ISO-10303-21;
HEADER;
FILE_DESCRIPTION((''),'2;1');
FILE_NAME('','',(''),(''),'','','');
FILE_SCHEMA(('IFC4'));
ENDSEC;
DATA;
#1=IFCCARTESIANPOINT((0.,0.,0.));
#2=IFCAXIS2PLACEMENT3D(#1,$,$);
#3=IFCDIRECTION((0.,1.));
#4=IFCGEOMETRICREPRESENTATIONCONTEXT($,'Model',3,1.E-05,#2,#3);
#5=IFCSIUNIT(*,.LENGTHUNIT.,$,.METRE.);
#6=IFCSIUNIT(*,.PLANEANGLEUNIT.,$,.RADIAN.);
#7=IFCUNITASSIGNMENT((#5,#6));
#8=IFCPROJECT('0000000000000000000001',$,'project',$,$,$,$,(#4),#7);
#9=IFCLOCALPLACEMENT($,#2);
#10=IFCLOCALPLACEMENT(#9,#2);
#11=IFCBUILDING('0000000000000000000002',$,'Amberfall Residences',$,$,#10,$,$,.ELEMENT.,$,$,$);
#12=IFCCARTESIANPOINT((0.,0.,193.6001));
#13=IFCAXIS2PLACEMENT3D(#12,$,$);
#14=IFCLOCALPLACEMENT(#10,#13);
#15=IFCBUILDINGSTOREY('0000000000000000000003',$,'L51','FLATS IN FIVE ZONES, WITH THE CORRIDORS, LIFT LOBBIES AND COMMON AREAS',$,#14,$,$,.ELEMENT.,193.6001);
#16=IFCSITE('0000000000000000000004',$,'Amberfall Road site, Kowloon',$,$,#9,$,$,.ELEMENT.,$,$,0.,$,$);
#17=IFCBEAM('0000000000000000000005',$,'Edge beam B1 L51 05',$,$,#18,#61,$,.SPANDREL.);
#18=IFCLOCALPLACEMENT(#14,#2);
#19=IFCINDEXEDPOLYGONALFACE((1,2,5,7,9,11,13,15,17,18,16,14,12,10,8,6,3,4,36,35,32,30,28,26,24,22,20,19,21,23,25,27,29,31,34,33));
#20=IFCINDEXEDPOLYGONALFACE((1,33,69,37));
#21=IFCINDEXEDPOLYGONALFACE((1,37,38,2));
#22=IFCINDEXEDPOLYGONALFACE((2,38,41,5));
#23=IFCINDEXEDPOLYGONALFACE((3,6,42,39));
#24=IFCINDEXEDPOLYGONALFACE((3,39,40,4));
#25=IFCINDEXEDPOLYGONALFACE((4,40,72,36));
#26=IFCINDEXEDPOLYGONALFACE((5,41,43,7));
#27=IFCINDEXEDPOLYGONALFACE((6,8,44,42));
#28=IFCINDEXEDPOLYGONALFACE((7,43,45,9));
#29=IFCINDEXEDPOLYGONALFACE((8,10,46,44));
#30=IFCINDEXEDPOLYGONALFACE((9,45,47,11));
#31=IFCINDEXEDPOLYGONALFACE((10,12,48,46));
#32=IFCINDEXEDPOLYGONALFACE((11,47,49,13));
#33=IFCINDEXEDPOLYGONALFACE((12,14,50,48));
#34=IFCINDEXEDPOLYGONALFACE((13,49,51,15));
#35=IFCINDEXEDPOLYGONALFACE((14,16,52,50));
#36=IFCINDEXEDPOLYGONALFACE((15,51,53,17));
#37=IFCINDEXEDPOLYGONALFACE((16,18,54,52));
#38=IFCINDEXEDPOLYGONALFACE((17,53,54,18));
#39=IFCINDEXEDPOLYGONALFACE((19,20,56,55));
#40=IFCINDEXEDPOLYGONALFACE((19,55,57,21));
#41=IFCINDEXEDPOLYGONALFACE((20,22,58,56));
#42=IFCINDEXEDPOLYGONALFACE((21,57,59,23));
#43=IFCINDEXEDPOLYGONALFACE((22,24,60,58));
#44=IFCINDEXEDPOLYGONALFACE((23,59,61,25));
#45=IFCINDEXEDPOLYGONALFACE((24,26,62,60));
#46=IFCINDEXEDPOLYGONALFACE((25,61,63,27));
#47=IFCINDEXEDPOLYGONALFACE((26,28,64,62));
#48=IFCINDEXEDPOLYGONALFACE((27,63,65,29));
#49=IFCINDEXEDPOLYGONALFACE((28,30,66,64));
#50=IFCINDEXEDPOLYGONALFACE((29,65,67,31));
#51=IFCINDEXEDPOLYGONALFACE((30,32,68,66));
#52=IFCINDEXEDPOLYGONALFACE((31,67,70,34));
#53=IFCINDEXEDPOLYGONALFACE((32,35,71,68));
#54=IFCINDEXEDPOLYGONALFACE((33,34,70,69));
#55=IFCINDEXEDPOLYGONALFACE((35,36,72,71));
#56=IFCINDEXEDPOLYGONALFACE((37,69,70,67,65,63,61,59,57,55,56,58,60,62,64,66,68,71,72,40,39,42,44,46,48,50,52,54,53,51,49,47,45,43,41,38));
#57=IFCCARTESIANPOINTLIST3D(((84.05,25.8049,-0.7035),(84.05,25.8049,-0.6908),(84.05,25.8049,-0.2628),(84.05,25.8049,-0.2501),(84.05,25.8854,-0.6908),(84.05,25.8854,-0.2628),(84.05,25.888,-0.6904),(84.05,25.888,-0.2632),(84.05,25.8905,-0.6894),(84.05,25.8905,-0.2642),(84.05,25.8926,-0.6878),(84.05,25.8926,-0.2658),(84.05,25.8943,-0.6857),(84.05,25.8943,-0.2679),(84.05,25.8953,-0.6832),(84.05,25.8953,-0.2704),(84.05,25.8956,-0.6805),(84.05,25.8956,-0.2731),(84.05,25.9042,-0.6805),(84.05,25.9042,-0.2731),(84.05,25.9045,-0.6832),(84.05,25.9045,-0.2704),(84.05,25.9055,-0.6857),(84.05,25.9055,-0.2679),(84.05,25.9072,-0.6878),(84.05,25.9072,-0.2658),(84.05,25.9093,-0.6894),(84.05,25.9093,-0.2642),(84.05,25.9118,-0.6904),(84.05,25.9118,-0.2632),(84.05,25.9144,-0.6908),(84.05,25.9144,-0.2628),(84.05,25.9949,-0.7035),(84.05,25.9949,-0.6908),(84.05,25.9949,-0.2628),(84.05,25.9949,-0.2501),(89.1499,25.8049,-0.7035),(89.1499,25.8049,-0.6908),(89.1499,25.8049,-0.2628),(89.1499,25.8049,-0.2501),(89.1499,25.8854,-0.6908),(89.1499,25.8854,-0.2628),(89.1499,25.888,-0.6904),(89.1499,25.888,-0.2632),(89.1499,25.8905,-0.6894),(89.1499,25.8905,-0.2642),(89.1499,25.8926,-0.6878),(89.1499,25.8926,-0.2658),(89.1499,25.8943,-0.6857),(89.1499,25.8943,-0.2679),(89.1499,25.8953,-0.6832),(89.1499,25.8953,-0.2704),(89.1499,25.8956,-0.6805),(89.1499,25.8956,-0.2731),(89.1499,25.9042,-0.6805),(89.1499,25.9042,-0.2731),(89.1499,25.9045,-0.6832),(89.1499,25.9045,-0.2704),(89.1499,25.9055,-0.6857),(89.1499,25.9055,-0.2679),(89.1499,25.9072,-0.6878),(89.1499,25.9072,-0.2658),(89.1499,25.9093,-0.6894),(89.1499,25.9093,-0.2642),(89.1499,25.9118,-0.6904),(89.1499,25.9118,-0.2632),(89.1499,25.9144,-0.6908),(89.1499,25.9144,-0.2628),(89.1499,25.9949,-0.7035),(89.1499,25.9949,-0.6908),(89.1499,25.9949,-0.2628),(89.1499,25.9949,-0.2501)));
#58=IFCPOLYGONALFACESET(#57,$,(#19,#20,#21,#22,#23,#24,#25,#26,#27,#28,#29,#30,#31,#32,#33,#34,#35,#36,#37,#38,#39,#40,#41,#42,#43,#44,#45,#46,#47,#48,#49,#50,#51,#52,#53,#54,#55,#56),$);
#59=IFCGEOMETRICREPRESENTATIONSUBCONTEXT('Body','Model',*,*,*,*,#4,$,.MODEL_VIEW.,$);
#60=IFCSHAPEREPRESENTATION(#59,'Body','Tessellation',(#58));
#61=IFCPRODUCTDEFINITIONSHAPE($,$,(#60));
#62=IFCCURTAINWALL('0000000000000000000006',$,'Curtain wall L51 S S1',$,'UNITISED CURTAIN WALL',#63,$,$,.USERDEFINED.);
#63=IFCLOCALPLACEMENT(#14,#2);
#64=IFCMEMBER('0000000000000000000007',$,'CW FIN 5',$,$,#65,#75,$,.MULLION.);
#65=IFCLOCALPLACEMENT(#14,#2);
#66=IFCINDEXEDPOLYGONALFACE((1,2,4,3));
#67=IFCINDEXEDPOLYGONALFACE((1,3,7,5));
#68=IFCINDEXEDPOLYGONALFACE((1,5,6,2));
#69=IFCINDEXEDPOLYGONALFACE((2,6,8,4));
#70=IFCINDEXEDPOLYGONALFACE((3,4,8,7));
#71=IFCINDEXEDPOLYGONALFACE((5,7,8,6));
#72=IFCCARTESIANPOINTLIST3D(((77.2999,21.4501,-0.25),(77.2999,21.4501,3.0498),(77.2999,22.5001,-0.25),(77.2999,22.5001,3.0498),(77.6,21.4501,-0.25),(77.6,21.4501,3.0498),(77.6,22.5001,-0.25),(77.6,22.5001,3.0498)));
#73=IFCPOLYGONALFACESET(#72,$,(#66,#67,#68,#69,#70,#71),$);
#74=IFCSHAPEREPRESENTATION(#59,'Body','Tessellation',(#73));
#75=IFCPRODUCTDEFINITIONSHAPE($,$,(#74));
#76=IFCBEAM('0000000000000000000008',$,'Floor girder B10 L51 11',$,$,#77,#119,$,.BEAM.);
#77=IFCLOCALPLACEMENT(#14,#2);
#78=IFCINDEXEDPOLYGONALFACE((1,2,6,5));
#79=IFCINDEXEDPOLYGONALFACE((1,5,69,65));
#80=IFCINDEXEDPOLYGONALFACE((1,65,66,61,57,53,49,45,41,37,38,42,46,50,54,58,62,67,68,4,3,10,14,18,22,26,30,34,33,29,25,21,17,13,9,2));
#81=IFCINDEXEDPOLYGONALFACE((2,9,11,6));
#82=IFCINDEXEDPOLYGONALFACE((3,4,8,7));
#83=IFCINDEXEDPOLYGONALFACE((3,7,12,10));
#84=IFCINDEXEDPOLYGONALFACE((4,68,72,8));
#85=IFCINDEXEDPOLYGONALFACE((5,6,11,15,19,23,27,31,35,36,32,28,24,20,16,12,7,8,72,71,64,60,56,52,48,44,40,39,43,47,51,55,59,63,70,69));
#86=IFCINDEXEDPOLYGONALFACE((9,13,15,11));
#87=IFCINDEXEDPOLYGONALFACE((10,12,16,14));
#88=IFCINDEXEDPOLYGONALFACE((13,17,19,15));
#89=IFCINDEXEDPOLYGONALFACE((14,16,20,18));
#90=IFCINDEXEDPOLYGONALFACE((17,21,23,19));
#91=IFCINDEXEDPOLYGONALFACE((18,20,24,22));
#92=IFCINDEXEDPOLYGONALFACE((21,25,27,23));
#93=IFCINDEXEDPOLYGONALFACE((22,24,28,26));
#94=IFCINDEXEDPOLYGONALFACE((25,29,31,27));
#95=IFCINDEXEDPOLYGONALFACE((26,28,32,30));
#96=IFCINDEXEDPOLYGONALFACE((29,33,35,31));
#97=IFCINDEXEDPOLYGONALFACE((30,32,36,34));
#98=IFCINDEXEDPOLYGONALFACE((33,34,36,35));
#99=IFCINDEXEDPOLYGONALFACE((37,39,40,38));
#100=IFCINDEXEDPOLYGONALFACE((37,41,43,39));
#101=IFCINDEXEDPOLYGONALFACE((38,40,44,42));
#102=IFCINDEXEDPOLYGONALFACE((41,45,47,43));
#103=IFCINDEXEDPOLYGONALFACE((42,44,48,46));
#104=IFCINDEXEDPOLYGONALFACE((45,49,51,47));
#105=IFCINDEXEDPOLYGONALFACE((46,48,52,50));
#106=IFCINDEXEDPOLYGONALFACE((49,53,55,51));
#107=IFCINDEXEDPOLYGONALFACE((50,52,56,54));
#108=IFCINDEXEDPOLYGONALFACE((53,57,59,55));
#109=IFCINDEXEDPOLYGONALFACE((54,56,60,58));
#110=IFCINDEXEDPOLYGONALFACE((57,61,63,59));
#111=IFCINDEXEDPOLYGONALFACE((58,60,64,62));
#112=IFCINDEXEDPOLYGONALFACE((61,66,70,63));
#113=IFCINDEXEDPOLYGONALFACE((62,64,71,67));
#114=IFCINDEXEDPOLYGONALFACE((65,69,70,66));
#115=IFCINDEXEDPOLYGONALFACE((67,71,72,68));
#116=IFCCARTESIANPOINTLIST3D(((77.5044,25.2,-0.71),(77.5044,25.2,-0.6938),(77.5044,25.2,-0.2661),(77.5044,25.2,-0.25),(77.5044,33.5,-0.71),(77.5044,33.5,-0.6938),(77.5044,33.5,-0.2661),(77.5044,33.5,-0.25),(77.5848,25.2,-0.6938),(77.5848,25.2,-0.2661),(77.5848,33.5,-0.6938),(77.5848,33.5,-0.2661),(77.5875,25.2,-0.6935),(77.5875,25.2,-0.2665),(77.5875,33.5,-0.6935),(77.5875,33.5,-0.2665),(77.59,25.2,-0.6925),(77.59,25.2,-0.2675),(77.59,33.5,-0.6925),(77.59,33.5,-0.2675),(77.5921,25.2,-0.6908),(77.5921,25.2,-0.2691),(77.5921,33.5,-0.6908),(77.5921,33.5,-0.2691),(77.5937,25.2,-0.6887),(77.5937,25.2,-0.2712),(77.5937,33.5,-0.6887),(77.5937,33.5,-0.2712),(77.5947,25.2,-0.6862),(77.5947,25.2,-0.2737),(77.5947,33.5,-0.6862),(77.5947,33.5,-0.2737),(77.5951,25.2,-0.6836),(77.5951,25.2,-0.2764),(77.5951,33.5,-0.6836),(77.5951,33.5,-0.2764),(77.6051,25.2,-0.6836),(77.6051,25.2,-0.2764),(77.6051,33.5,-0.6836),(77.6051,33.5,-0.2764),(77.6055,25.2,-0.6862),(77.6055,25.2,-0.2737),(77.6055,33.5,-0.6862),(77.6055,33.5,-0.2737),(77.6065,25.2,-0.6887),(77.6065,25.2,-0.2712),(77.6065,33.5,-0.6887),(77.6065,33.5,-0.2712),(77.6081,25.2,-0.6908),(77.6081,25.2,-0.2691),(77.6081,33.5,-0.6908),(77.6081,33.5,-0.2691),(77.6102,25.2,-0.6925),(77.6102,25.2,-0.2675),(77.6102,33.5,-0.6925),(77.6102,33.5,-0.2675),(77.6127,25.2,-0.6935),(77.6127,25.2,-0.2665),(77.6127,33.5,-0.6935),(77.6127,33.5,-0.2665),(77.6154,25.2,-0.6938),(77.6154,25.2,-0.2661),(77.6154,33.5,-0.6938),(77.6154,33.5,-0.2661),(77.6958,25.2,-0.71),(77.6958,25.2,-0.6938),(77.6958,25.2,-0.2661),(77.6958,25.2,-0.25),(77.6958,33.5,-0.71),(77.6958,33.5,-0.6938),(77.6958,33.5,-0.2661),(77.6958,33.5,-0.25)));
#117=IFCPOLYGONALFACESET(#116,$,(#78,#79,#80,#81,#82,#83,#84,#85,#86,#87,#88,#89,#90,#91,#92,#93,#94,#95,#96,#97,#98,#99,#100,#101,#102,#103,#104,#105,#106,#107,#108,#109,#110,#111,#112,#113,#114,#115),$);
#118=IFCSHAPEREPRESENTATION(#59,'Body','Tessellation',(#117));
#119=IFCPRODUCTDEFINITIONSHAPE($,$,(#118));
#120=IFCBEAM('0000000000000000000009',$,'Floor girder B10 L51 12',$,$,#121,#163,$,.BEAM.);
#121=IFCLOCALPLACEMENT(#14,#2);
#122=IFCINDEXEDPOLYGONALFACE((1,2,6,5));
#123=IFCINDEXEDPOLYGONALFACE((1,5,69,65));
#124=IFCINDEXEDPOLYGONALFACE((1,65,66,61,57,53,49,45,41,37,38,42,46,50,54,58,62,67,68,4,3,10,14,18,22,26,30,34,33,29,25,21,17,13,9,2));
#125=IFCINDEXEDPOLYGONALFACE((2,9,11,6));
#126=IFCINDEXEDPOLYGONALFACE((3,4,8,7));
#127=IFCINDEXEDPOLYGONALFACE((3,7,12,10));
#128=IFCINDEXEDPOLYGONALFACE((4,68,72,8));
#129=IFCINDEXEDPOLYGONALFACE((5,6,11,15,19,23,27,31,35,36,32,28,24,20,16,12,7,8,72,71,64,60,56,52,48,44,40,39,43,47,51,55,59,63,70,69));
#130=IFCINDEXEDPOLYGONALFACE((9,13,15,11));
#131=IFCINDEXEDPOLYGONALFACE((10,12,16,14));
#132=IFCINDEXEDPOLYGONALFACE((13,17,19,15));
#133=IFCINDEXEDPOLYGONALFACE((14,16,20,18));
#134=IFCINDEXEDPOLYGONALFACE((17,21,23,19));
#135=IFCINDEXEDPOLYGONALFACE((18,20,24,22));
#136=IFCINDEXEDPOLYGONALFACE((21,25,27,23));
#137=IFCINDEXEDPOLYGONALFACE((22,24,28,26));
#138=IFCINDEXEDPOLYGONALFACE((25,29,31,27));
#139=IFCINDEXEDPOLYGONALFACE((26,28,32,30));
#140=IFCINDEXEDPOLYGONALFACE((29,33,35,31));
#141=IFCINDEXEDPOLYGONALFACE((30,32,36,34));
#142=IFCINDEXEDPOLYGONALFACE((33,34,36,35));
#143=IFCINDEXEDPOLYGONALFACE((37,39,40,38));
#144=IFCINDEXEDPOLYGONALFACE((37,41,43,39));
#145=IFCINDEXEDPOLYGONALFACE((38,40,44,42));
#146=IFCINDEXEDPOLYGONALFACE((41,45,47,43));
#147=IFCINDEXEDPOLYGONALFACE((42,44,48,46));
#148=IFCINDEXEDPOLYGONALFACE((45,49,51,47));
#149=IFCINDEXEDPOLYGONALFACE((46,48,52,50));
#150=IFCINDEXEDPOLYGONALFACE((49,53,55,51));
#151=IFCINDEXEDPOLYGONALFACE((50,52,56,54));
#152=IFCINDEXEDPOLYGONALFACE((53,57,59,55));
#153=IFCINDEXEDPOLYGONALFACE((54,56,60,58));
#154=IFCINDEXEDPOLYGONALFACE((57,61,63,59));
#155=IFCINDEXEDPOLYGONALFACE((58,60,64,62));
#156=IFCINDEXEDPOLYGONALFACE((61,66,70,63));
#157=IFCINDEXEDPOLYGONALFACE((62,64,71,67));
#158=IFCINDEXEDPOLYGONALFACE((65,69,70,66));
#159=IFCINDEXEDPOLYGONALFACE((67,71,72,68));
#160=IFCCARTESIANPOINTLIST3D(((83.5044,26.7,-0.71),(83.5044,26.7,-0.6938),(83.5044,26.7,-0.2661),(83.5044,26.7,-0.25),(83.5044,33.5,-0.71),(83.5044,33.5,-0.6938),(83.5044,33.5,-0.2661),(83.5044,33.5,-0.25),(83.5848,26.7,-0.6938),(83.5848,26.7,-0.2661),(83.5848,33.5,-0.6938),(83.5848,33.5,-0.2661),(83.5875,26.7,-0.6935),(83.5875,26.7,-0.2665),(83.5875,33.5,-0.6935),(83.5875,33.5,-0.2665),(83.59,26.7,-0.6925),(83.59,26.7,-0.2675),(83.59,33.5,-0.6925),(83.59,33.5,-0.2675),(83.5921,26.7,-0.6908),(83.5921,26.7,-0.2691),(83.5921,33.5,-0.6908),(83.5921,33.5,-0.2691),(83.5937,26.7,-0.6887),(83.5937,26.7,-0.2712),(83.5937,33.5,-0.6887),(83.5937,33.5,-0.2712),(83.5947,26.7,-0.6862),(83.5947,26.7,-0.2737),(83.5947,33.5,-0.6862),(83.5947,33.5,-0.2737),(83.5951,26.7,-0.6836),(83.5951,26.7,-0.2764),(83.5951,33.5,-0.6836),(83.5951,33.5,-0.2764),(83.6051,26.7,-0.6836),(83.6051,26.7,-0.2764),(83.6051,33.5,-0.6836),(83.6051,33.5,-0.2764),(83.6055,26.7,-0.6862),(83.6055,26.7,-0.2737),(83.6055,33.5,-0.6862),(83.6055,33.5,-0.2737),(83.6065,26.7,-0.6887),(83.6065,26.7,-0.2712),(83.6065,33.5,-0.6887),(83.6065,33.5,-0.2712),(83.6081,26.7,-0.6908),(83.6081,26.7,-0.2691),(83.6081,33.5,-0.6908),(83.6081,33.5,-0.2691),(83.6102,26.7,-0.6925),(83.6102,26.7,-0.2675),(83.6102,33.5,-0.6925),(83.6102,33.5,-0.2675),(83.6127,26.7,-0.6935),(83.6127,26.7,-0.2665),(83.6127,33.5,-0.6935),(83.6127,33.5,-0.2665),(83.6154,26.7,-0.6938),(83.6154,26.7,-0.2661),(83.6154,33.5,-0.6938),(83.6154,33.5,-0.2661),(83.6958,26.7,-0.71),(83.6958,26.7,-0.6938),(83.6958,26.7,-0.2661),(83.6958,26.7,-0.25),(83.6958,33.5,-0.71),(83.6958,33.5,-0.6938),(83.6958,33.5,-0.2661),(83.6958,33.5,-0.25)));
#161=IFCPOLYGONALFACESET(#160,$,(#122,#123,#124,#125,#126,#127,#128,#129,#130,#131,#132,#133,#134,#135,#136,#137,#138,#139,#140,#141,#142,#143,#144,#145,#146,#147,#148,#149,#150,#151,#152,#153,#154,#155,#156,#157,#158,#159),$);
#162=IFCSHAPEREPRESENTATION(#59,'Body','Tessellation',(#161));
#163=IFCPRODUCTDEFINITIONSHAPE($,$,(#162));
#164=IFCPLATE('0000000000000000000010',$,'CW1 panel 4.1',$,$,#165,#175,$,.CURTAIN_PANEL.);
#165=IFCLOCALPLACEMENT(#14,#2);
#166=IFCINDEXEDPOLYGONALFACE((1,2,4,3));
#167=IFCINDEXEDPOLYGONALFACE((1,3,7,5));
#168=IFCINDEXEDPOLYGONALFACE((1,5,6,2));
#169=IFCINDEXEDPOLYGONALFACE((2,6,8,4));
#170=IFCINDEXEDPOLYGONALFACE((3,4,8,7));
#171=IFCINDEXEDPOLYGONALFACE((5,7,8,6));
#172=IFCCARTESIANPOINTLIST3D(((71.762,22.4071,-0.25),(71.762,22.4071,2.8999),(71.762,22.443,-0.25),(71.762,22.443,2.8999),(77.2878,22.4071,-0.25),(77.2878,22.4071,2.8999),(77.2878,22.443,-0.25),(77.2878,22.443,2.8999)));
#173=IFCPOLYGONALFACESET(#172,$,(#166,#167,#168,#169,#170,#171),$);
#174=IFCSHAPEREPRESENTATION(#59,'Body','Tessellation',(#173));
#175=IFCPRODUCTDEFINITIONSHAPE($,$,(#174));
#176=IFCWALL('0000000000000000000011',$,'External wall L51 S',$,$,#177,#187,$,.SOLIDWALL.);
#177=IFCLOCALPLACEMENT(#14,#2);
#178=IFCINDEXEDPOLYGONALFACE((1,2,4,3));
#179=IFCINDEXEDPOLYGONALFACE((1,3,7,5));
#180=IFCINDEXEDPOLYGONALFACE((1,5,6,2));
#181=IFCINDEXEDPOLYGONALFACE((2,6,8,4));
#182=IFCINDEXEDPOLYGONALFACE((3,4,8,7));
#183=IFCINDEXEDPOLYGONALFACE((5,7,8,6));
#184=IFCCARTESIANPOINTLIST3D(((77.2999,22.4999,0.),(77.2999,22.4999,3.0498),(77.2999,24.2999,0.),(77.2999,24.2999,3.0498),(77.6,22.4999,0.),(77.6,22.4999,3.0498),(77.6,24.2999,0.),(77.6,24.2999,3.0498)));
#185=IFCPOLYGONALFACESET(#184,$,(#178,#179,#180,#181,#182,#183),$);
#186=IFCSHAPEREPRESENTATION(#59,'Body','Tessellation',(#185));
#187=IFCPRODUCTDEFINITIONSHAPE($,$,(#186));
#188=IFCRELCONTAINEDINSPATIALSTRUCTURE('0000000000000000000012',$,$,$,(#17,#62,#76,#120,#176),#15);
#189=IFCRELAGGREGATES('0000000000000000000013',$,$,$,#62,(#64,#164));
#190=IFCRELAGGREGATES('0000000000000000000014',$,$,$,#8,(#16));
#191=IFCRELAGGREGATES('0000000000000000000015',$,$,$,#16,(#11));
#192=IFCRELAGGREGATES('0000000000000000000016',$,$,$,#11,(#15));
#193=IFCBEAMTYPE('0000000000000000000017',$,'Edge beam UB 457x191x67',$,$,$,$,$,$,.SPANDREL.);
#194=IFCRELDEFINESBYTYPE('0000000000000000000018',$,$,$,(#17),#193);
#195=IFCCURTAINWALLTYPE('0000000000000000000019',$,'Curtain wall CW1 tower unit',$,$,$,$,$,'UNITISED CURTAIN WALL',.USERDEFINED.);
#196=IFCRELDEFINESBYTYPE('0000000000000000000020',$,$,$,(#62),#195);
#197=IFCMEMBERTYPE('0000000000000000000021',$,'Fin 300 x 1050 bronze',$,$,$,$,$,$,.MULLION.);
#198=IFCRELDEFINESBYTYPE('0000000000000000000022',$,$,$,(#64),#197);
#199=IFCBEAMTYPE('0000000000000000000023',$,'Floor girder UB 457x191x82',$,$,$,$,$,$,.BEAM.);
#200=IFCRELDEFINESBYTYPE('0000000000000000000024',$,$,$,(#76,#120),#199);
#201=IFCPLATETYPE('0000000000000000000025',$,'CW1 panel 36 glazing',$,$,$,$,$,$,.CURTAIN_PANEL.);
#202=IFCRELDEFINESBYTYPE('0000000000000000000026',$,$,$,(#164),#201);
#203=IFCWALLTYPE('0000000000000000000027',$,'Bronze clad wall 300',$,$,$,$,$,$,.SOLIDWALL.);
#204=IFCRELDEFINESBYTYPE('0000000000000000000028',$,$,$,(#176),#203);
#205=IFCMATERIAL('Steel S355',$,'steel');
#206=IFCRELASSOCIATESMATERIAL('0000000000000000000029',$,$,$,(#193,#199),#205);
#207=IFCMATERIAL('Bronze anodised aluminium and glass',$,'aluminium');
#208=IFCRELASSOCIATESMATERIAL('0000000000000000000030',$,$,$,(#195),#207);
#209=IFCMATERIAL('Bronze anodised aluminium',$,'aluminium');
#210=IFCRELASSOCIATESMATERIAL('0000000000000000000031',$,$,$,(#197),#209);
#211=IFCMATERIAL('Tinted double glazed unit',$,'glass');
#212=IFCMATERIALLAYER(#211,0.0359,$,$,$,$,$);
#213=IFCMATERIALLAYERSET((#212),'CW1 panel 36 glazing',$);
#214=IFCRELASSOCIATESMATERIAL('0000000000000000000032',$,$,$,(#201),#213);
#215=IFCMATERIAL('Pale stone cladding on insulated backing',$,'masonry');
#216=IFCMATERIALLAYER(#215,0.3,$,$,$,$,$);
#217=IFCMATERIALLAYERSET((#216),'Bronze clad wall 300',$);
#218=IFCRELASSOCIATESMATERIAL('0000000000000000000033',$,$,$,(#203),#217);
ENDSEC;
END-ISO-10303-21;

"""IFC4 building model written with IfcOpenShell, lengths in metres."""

from ifc_helpers import new_model, si_unit, direction, frame, frame_2d, origin, origin_2d, place, context, subcontext, project, spatial, rectangle, i_section, extrude, material, layer, layer_set, material_profile, profile_set, type_object, element, aggregate, save


model = new_model("IFC4")

# Units and contexts
model_context = context("Model", 3, precision=1e-05, world=origin(), true_north=direction((0.0, 1.0)))
body_context = subcontext(model_context, "Body", "Model", "MODEL_VIEW")
ifc_project = project(units=[si_unit("LENGTHUNIT", "METRE"), si_unit("PLANEANGLEUNIT", "RADIAN")], contexts=[model_context])

# Site, building, storey
site_placement = place(None, origin())
site = spatial("IfcSite", under=ifc_project, at=site_placement, Name="Amberfall Road site, Kowloon", CompositionType="ELEMENT", RefElevation=0.0)
building_placement = place(site_placement, origin())
building = spatial("IfcBuilding", under=site, at=building_placement, Name="Amberfall Residences", CompositionType="ELEMENT")
storey_placement = place(building_placement, frame((0.0, 0.0, 193.6001)))
storey = spatial("IfcBuildingStorey", under=building, at=storey_placement, Name="L51", Description="FLATS IN FIVE ZONES, WITH THE CORRIDORS, LIFT LOBBIES AND COMMON AREAS", CompositionType="ELEMENT", Elevation=193.6001)

# Beam
ifc_material_1 = material(Name="Steel S355", Category="steel")
ifc_material_profile_1 = material_profile(ifc_material_1, i_section(OverallWidth=0.1899, OverallDepth=0.4534, WebThickness=0.0085, FlangeThickness=0.0127, FilletRadius=0.0103, at=origin_2d()), Name="UB 457x191x67")
ifc_profile_set_1 = profile_set([ifc_material_profile_1], Name="Steel S355")
beam_type_1 = type_object("IfcBeamType", Name="Edge beam UB 457x191x67", PredefinedType="SPANDREL", material=ifc_profile_set_1)
beam_1_placement = place(storey_placement, frame((84.05, 25.8999, -0.4768), z_axis=(1.0, 0.0, 0.0), x_axis=(0.0, 1.0, 0.0)))
element("IfcBeam", 1, at=beam_1_placement, inside=storey, type_object=beam_type_1, Name="Edge beam B1 L51 05", PredefinedType="SPANDREL", context=body_context, shape_type="SweptSolid", body=[
    extrude(i_section(OverallWidth=0.1899, OverallDepth=0.4534, WebThickness=0.0085, FlangeThickness=0.0127, FilletRadius=0.0103, at=origin_2d()), origin(), (0.0, 0.0, 1.0), 5.0999),
])

# Curtain wall, member
ifc_material_2 = material(Name="Bronze anodised aluminium and glass", Category="aluminium")
curtain_wall_type = type_object("IfcCurtainWallType", Name="Curtain wall CW1 tower unit", ElementType="UNITISED CURTAIN WALL", PredefinedType="USERDEFINED", material=ifc_material_2)
curtain_wall_placement = place(storey_placement, origin())
curtain_wall = element("IfcCurtainWall", 2, at=curtain_wall_placement, inside=storey, type_object=curtain_wall_type, Name="Curtain wall L51 S S1", ObjectType="UNITISED CURTAIN WALL", PredefinedType="USERDEFINED")
ifc_material_3 = material(Name="Bronze anodised aluminium", Category="aluminium")
ifc_material_profile_2 = material_profile(ifc_material_3, rectangle(XDim=1.05, YDim=0.3, at=origin_2d()), Name="Fin 300 x 1050 bronze")
ifc_profile_set_2 = profile_set([ifc_material_profile_2], Name="Bronze anodised aluminium")
member_type = type_object("IfcMemberType", Name="Fin 300 x 1050 bronze", PredefinedType="MULLION", material=ifc_profile_set_2)
member_placement = place(storey_placement, frame((77.45, 21.9751, -0.25), z_axis=(0.0, 0.0, 1.0), x_axis=(0.0, 1.0, 0.0)))
member = element("IfcMember", 3, at=member_placement, type_object=member_type, Name="CW FIN 5", PredefinedType="MULLION", context=body_context, shape_type="SweptSolid", body=[
    extrude(rectangle(XDim=1.05, YDim=0.3, at=origin_2d()), origin(), (0.0, 0.0, 1.0), 3.2998),
])

# Beams
ifc_material_profile_3 = material_profile(ifc_material_1, i_section(OverallWidth=0.1914, OverallDepth=0.46, WebThickness=0.01, FlangeThickness=0.0161, FilletRadius=0.0103, at=origin_2d()), Name="UB 457x191x82")
ifc_profile_set_3 = profile_set([ifc_material_profile_3], Name="Steel S355")
beam_type_2 = type_object("IfcBeamType", Name="Floor girder UB 457x191x82", PredefinedType="BEAM", material=ifc_profile_set_3)
beam_2_placement = place(storey_placement, frame((77.6001, 25.2, -0.48), z_axis=(0.0, 1.0, 0.0), x_axis=(-1.0, 0.0, 0.0)))
element("IfcBeam", 4, at=beam_2_placement, inside=storey, type_object=beam_type_2, Name="Floor girder B10 L51 11", PredefinedType="BEAM", context=body_context, shape_type="SweptSolid", body=[
    extrude(i_section(OverallWidth=0.1914, OverallDepth=0.46, WebThickness=0.01, FlangeThickness=0.0161, FilletRadius=0.0103, at=origin_2d()), origin(), (0.0, 0.0, 1.0), 8.3),
])
beam_3_placement = place(storey_placement, frame((83.6001, 26.7, -0.48), z_axis=(0.0, 1.0, 0.0), x_axis=(-1.0, 0.0, 0.0)))
element("IfcBeam", 5, at=beam_3_placement, inside=storey, type_object=beam_type_2, Name="Floor girder B10 L51 12", PredefinedType="BEAM", context=body_context, shape_type="SweptSolid", body=[
    extrude(i_section(OverallWidth=0.1914, OverallDepth=0.46, WebThickness=0.01, FlangeThickness=0.0161, FilletRadius=0.0103, at=origin_2d()), origin(), (0.0, 0.0, 1.0), 6.8),
])

# Plate
ifc_material_4 = material(Name="Tinted double glazed unit", Category="glass")
ifc_layer_1 = layer(ifc_material_4, 0.0359)
ifc_layer_set_1 = layer_set([ifc_layer_1], Name="CW1 panel 36 glazing")
plate_type = type_object("IfcPlateType", Name="CW1 panel 36 glazing", PredefinedType="CURTAIN_PANEL", material=ifc_layer_set_1)
plate_placement = place(storey_placement, frame((74.5249, 22.425, -0.25), z_axis=(0.0, 0.0, 1.0), x_axis=(1.0, 0.0, 0.0)))
plate = element("IfcPlate", 6, at=plate_placement, type_object=plate_type, Name="CW1 panel 4.1", PredefinedType="CURTAIN_PANEL", context=body_context, shape_type="SweptSolid", body=[
    extrude(rectangle(XDim=5.5259, YDim=0.0359, at=origin_2d()), origin(), (0.0, 0.0, 1.0), 3.1499),
])
aggregate(curtain_wall, [member, plate])

# Wall
ifc_material_5 = material(Name="Pale stone cladding on insulated backing", Category="masonry")
ifc_layer_2 = layer(ifc_material_5, 0.3)
ifc_layer_set_2 = layer_set([ifc_layer_2], Name="Bronze clad wall 300")
wall_type_1 = type_object("IfcWallType", Name="Bronze clad wall 300", PredefinedType="SOLIDWALL", material=ifc_layer_set_2)
for number, where, z_axis, x_axis, name in (
    (7, (77.45, 22.5, 0.0), (0.0, 0.0, 1.0), (0.0, 1.0, 0.0), "External wall L51 S"),
):
    element("IfcWall", number, at=place(storey_placement, frame(where, z_axis=z_axis, x_axis=x_axis)), inside=storey, type_object=wall_type_1, Name=name, PredefinedType="SOLIDWALL", context=body_context, shape_type="SweptSolid", body=[
        extrude(rectangle(XDim=1.8, YDim=0.3, at=frame_2d((0.8999, 0.0))), origin(), (0.0, 0.0, 1.0), 3.0498),
    ])

save(model, "model.ifc")
